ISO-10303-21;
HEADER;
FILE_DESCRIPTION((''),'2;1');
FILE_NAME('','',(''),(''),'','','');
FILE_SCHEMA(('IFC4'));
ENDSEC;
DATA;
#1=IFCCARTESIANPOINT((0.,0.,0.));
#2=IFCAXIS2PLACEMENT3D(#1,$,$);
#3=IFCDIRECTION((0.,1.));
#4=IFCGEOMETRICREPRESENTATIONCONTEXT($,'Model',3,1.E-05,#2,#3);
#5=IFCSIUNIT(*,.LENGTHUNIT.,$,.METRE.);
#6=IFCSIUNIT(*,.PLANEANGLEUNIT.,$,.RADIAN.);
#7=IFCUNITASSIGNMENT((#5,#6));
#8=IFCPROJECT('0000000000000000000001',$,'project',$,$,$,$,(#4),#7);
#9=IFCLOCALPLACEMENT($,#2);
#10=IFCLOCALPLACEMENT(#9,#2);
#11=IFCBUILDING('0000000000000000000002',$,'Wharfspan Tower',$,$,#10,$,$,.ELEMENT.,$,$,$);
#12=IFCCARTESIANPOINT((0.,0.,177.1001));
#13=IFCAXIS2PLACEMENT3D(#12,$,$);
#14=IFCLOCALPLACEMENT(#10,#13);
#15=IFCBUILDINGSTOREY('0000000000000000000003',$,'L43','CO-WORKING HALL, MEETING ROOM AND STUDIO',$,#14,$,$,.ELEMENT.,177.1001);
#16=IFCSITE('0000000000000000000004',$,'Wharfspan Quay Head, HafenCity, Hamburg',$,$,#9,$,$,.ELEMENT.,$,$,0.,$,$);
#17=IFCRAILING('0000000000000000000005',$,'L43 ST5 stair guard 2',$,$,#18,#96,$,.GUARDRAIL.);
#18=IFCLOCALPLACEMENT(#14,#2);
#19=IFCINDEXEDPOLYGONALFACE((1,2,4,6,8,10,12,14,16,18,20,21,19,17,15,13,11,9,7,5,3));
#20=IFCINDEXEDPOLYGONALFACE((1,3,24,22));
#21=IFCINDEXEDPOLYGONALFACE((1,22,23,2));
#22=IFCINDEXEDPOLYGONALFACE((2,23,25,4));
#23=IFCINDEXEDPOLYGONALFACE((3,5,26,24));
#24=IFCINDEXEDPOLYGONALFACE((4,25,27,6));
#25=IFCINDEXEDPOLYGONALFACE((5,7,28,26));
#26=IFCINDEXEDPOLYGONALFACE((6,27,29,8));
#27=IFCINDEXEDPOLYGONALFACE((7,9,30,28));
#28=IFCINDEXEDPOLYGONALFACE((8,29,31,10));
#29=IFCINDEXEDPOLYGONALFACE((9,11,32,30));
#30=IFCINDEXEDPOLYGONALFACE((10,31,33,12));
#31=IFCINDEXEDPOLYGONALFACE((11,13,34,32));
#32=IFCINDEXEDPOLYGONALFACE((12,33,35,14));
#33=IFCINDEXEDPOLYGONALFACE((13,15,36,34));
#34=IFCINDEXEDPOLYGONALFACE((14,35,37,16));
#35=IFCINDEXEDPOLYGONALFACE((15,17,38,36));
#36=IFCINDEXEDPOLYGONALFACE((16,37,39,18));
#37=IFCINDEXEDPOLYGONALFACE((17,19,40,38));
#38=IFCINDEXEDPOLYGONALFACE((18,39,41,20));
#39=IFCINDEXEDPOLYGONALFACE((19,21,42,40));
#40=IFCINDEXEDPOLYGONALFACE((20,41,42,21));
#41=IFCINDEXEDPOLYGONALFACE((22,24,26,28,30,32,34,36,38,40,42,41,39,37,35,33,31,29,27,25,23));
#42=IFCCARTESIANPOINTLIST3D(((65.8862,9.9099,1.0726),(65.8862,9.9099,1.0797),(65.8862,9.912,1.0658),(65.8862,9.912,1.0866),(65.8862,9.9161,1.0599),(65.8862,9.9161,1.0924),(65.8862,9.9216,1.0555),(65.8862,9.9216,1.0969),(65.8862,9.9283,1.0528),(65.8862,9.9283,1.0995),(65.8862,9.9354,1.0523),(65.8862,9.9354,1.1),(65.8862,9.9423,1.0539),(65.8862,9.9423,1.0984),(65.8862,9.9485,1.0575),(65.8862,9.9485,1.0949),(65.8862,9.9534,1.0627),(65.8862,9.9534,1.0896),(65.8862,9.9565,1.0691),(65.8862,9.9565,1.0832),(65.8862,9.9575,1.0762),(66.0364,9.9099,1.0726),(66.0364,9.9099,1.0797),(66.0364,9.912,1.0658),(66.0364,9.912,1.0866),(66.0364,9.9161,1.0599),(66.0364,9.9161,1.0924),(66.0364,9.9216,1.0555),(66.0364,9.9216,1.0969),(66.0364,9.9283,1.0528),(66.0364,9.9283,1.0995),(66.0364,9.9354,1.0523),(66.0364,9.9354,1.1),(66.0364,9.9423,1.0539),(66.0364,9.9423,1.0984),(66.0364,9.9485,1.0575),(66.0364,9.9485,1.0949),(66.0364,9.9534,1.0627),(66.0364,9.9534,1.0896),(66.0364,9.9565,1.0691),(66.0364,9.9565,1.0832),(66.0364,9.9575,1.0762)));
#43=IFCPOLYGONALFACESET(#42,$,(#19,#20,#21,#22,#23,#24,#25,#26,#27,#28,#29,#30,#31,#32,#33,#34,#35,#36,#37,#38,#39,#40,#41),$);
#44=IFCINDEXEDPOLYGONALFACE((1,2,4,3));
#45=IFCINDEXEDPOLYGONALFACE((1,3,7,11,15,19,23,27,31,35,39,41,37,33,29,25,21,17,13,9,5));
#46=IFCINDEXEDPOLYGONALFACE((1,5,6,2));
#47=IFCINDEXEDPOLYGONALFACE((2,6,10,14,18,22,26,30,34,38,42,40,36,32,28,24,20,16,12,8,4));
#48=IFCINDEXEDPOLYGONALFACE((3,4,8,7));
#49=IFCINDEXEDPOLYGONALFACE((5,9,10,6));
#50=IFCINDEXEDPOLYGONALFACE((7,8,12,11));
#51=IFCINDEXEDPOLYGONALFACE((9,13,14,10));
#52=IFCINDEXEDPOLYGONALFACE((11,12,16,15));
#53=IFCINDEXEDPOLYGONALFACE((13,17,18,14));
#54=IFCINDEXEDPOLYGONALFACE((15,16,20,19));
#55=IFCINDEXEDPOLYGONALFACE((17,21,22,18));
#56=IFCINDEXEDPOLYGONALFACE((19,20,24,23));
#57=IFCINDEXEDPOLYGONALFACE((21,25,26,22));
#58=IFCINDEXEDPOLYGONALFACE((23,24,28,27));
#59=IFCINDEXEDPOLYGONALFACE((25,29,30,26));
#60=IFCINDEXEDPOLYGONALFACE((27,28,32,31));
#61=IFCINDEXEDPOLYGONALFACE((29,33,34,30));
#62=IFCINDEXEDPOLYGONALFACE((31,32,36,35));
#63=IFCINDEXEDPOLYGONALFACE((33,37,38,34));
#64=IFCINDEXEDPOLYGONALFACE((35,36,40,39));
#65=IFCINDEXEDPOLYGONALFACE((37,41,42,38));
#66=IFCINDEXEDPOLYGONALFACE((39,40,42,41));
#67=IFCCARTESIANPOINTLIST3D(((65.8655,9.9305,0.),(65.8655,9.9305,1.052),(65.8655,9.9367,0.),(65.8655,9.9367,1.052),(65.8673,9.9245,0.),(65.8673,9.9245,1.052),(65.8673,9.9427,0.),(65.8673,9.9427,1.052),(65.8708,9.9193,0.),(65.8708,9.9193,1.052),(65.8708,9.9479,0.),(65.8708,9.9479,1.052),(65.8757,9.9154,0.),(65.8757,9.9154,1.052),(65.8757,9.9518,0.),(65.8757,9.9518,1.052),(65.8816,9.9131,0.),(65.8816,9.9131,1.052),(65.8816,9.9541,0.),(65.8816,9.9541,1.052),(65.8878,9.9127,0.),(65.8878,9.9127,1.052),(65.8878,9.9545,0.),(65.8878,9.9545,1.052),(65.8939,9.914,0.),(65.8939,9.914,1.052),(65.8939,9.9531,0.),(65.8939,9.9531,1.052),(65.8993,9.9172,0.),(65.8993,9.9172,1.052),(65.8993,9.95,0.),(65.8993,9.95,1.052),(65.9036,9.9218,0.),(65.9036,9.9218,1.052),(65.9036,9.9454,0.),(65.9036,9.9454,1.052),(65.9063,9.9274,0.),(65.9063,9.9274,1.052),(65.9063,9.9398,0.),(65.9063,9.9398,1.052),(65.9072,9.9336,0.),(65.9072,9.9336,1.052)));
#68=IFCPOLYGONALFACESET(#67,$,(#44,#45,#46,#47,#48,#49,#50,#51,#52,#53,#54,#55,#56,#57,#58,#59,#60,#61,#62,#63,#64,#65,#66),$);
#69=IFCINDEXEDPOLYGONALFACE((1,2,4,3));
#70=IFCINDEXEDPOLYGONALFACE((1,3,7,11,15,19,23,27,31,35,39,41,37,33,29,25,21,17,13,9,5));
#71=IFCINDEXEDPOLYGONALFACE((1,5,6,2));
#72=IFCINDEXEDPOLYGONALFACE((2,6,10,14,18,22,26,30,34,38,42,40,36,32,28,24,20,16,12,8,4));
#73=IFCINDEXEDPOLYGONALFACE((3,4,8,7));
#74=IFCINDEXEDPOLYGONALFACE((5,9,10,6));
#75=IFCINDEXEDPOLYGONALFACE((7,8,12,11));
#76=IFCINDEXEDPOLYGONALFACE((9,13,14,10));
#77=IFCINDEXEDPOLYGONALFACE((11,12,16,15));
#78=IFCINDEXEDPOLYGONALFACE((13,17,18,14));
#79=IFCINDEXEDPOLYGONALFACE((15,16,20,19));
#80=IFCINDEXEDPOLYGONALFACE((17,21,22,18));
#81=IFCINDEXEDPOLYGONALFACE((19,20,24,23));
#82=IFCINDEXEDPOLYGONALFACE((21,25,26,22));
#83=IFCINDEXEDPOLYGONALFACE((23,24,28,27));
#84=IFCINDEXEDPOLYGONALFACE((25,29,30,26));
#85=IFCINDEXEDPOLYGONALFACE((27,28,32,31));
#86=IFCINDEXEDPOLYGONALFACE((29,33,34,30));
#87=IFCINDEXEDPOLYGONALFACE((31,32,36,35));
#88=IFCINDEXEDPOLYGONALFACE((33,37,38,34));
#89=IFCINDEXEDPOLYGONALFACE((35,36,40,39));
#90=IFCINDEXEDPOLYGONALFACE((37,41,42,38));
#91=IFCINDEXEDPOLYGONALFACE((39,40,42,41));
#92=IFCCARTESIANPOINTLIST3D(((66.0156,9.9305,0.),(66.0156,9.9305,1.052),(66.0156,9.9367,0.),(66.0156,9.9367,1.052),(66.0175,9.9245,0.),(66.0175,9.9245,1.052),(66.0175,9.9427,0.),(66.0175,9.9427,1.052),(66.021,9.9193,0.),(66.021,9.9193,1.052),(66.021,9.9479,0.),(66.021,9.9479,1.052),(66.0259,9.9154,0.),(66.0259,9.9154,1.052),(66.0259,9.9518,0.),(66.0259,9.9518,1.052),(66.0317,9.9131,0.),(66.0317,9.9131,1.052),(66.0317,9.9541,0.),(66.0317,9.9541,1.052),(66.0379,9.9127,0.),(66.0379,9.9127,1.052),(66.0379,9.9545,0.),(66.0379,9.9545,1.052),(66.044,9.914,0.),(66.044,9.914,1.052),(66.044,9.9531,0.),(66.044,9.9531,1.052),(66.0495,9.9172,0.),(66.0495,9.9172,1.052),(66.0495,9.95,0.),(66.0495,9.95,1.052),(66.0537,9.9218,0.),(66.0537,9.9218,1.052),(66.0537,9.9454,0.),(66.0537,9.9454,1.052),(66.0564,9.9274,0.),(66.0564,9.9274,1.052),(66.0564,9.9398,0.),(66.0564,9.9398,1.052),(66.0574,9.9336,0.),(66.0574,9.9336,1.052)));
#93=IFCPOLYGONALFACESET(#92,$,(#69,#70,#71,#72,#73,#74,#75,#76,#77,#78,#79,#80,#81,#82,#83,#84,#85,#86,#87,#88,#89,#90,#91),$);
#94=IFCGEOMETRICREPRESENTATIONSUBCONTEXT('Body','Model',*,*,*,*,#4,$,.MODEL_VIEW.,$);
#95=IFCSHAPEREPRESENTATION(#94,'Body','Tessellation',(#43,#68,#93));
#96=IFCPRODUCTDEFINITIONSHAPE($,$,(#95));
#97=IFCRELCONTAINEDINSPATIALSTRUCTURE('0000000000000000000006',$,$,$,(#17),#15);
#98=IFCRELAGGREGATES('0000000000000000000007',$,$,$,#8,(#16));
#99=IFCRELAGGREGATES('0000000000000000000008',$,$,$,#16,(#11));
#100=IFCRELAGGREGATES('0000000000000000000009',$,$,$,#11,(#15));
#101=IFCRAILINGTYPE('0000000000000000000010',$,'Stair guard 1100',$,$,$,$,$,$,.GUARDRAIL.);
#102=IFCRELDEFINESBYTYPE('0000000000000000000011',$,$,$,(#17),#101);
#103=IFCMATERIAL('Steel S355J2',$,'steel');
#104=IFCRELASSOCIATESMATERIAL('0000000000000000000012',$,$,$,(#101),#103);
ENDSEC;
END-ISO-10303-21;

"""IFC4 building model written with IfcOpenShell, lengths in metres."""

from ifc_helpers import new_model, si_unit, direction, frame, origin, origin_2d, place, context, subcontext, project, spatial, circle, extrude, material, type_object, element, save


model = new_model("IFC4")

# Units and contexts
model_context = context("Model", 3, precision=1e-05, world=origin(), true_north=direction((0.0, 1.0)))
body_context = subcontext(model_context, "Body", "Model", "MODEL_VIEW")
ifc_project = project(units=[si_unit("LENGTHUNIT", "METRE"), si_unit("PLANEANGLEUNIT", "RADIAN")], contexts=[model_context])

# Site, building, storey
site_placement = place(None, origin())
site = spatial("IfcSite", under=ifc_project, at=site_placement, Name="Wharfspan Quay Head, HafenCity, Hamburg", CompositionType="ELEMENT", RefElevation=0.0)
building_placement = place(site_placement, origin())
building = spatial("IfcBuilding", under=site, at=building_placement, Name="Wharfspan Tower", CompositionType="ELEMENT")
storey_placement = place(building_placement, frame((0.0, 0.0, 177.1001)))
storey = spatial("IfcBuildingStorey", under=building, at=storey_placement, Name="L43", Description="CO-WORKING HALL, MEETING ROOM AND STUDIO", CompositionType="ELEMENT", Elevation=177.1001)

# Shared definitions
ifc_material_1 = material(Name="Steel S355J2", Category="steel")

# Railing
railing_type_1 = type_object("IfcRailingType", Name="Stair guard 1100", PredefinedType="GUARDRAIL", material=ifc_material_1)
railing_1_placement = place(storey_placement, frame((65.8862, 9.9336, 0.0)))
element("IfcRailing", 1, at=railing_1_placement, inside=storey, type_object=railing_type_1, Name="L43 ST5 stair guard 2", PredefinedType="GUARDRAIL", context=body_context, shape_type="SweptSolid", body=[
    extrude(circle(Radius=0.0239, at=origin_2d()), frame((0.0, 0.0, 1.0762), z_axis=(1.0, 0.0, 0.0), x_axis=(0.0, 1.0, 0.0)), (0.0, 0.0, 1.0), 0.1501),
    extrude(circle(Radius=0.021, at=origin_2d()), origin(), (0.0, 0.0, 1.0), 1.052),
    extrude(circle(Radius=0.021, at=origin_2d()), frame((0.1501, 0.0, 0.0)), (0.0, 0.0, 1.0), 1.052),
])

save(model, "model.ifc")
